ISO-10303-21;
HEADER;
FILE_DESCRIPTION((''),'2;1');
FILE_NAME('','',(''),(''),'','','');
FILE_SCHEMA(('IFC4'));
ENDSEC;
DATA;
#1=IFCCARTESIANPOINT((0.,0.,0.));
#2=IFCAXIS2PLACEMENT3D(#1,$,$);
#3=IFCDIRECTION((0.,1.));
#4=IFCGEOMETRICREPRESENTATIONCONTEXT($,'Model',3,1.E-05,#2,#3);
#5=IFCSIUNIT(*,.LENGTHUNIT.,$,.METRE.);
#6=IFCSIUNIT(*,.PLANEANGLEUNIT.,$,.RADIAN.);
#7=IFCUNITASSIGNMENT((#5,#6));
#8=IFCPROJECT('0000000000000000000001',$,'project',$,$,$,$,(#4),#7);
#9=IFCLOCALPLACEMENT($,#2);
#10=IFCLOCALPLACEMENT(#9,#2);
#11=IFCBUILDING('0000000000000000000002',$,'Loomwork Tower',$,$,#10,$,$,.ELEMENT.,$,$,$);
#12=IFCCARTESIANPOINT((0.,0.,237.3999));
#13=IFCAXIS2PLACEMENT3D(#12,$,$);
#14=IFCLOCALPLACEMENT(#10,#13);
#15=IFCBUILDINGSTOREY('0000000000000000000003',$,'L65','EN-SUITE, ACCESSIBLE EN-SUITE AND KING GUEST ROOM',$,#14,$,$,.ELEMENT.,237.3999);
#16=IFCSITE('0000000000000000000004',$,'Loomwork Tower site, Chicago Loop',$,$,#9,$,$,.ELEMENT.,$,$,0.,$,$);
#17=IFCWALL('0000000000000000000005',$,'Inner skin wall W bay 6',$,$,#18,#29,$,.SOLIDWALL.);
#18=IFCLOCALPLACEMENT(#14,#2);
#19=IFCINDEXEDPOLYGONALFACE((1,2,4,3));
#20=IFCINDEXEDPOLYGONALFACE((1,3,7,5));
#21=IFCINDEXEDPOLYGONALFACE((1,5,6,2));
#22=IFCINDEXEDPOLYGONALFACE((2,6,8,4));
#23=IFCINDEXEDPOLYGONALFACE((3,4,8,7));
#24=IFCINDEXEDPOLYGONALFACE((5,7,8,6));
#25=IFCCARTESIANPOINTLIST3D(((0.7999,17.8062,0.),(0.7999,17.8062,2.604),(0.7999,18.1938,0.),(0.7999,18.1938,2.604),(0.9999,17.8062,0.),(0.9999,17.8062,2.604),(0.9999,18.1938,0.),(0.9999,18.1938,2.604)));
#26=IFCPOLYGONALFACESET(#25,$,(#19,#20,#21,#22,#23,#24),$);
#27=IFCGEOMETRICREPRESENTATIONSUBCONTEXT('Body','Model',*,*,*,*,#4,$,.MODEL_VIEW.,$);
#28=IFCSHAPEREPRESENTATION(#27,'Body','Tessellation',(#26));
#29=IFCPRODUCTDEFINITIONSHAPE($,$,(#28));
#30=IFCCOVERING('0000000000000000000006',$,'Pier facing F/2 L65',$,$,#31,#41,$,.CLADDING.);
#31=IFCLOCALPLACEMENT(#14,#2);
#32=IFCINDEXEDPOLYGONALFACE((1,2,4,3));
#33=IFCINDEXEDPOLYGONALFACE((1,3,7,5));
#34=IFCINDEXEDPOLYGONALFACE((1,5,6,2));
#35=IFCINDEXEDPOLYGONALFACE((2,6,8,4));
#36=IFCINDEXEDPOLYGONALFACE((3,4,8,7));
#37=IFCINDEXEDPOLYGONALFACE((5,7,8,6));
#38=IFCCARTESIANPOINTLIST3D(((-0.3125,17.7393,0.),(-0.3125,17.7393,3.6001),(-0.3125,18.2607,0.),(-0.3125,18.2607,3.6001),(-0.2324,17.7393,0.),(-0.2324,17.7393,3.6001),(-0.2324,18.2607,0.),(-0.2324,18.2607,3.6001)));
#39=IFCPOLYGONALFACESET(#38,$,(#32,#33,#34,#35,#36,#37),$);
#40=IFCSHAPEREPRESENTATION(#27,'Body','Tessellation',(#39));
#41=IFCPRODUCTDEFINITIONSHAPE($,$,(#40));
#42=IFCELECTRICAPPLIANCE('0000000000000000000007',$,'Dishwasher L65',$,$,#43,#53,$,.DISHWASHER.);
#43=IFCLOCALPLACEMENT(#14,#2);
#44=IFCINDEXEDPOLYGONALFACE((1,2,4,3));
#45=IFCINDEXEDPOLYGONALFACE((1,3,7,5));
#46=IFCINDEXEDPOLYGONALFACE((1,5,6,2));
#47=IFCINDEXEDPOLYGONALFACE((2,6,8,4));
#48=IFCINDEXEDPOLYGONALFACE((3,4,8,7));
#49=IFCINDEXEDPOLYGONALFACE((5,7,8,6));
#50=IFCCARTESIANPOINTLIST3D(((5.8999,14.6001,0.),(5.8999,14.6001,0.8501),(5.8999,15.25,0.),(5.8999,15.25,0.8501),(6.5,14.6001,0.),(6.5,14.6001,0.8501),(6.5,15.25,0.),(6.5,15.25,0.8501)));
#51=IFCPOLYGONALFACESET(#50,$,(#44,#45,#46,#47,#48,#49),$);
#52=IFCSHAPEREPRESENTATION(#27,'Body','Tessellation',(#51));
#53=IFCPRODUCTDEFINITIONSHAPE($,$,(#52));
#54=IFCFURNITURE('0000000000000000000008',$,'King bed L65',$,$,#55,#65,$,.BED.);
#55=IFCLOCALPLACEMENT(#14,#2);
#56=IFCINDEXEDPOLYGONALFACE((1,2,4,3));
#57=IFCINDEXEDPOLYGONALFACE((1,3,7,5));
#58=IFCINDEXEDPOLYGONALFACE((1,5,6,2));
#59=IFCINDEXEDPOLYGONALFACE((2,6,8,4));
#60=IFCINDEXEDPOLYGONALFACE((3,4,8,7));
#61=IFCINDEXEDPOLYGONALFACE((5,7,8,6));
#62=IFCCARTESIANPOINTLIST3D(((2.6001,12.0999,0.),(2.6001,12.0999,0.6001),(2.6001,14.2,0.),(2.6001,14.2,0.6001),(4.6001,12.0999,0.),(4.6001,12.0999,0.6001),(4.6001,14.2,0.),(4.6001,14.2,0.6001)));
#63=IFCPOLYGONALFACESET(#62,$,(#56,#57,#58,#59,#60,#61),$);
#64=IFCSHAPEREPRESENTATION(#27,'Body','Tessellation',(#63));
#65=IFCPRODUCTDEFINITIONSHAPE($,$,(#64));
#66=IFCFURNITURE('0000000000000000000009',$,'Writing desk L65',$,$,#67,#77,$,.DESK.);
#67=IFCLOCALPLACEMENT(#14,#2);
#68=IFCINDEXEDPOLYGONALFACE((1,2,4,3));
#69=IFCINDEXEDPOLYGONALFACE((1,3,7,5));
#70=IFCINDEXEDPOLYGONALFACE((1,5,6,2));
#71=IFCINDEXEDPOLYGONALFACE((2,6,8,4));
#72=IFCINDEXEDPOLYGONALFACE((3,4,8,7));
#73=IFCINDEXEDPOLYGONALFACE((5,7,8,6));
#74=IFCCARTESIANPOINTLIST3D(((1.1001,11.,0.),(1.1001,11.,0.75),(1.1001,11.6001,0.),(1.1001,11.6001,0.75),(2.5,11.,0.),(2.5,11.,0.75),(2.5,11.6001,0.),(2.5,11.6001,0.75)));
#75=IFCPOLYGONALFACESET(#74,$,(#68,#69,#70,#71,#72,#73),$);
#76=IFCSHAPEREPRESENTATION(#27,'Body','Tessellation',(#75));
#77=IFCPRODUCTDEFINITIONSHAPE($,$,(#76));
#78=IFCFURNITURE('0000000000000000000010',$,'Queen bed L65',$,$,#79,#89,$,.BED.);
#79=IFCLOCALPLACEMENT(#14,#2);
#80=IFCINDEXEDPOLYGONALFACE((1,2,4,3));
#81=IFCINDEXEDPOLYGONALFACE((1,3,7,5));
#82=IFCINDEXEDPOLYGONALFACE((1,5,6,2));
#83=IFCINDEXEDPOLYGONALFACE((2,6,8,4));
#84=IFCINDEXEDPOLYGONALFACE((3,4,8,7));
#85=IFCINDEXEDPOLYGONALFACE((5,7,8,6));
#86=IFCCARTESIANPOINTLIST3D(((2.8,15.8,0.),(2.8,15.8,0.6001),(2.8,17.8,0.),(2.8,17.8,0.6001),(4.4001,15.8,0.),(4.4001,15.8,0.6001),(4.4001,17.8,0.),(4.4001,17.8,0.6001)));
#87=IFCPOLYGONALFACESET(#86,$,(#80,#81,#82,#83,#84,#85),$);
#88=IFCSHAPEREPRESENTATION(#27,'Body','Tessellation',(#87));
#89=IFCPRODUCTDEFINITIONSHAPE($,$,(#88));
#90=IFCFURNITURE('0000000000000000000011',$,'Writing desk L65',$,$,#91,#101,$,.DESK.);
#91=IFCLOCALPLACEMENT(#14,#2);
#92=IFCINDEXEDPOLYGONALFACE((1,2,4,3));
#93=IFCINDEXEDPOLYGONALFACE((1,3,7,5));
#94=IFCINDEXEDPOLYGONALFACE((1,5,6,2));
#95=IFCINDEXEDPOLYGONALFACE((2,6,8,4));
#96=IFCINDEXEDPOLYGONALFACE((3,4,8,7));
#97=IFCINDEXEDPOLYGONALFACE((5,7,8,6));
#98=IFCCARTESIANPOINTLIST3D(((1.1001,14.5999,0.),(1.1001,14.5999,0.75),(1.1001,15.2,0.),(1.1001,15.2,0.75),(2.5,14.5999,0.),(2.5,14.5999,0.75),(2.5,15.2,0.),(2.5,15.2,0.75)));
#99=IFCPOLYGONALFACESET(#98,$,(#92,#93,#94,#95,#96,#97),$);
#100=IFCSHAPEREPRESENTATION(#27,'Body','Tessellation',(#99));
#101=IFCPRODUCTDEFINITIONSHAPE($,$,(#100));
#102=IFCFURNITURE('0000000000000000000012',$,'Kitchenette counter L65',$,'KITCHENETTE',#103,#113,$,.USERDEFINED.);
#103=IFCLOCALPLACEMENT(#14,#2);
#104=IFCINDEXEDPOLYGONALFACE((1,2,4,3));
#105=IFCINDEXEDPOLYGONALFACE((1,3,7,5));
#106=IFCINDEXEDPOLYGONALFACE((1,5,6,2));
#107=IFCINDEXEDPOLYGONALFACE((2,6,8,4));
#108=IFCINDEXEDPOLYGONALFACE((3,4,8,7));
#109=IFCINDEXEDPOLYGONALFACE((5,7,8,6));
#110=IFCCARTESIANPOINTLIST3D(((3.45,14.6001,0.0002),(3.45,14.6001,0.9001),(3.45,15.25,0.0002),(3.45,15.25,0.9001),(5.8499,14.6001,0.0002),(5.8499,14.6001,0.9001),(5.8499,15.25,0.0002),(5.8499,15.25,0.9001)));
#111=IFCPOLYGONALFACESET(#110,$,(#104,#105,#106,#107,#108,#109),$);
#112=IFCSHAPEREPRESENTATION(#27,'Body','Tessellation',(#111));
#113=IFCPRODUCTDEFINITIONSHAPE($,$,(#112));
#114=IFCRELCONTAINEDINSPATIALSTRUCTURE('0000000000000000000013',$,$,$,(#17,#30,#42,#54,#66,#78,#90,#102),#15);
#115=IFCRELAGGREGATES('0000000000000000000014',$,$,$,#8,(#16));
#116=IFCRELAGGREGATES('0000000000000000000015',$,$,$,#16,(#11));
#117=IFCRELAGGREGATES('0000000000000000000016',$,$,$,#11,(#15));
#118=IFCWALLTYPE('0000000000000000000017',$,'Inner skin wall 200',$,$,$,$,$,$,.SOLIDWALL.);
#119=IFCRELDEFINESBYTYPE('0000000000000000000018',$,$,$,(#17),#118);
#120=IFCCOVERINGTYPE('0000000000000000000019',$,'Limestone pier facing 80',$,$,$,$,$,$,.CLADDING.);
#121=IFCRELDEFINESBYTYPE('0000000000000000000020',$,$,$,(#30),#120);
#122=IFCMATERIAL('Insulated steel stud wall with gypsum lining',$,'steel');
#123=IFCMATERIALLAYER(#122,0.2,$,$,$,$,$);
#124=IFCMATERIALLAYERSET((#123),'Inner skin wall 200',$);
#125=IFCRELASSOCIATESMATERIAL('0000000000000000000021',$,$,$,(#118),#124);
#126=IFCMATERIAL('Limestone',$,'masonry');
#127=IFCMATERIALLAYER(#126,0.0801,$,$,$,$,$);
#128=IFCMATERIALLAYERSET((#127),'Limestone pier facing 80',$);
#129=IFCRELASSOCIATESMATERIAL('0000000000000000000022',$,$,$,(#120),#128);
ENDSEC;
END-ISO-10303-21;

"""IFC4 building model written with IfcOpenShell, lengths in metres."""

from ifc_helpers import new_model, si_unit, direction, frame, frame_2d, origin, origin_2d, place, context, subcontext, project, spatial, rectangle, extrude, material, layer, layer_set, type_object, element, save


model = new_model("IFC4")

# Units and contexts
model_context = context("Model", 3, precision=1e-05, world=origin(), true_north=direction((0.0, 1.0)))
body_context = subcontext(model_context, "Body", "Model", "MODEL_VIEW")
ifc_project = project(units=[si_unit("LENGTHUNIT", "METRE"), si_unit("PLANEANGLEUNIT", "RADIAN")], contexts=[model_context])

# Site, building, storey
site_placement = place(None, origin())
site = spatial("IfcSite", under=ifc_project, at=site_placement, Name="Loomwork Tower site, Chicago Loop", CompositionType="ELEMENT", RefElevation=0.0)
building_placement = place(site_placement, origin())
building = spatial("IfcBuilding", under=site, at=building_placement, Name="Loomwork Tower", CompositionType="ELEMENT")
storey_placement = place(building_placement, frame((0.0, 0.0, 237.3999)))
storey = spatial("IfcBuildingStorey", under=building, at=storey_placement, Name="L65", Description="EN-SUITE, ACCESSIBLE EN-SUITE AND KING GUEST ROOM", CompositionType="ELEMENT", Elevation=237.3999)

# Wall
ifc_material_1 = material(Name="Insulated steel stud wall with gypsum lining", Category="steel")
ifc_layer_1 = layer(ifc_material_1, 0.2)
ifc_layer_set_1 = layer_set([ifc_layer_1], Name="Inner skin wall 200")
wall_type_1 = type_object("IfcWallType", Name="Inner skin wall 200", PredefinedType="SOLIDWALL", material=ifc_layer_set_1)
wall_1_placement = place(storey_placement, frame((0.8999, 17.8062, 0.0), z_axis=(0.0, 0.0, 1.0), x_axis=(0.0, 1.0, 0.0)))
element("IfcWall", 1, at=wall_1_placement, inside=storey, type_object=wall_type_1, Name="Inner skin wall W bay 6", PredefinedType="SOLIDWALL", context=body_context, shape_type="SweptSolid", body=[
    extrude(rectangle(XDim=0.3877, YDim=0.2, at=frame_2d((0.1938, 0.0))), origin(), (0.0, 0.0, 1.0), 2.604),
])

# Covering
ifc_material_2 = material(Name="Limestone", Category="masonry")
ifc_layer_2 = layer(ifc_material_2, 0.0801)
ifc_layer_set_2 = layer_set([ifc_layer_2], Name="Limestone pier facing 80")
covering_type = type_object("IfcCoveringType", Name="Limestone pier facing 80", PredefinedType="CLADDING", material=ifc_layer_set_2)
covering_placement = place(storey_placement, frame((-0.2725, 18.0, 0.0), z_axis=(0.0, 0.0, 1.0), x_axis=(1.0, 0.0, 0.0)))
element("IfcCovering", 2, at=covering_placement, inside=storey, type_object=covering_type, Name="Pier facing F/2 L65", PredefinedType="CLADDING", context=body_context, shape_type="SweptSolid", body=[
    extrude(rectangle(XDim=0.0801, YDim=0.5215, at=origin_2d()), origin(), (0.0, 0.0, 1.0), 3.6001),
])

# Electric appliance
electric_appliance_placement = place(storey_placement, frame((6.2, 14.925, 0.0), z_axis=(0.0, 0.0, 1.0), x_axis=(1.0, 0.0, 0.0)))
element("IfcElectricAppliance", 3, at=electric_appliance_placement, inside=storey, Name="Dishwasher L65", PredefinedType="DISHWASHER", context=body_context, shape_type="SweptSolid", body=[
    extrude(rectangle(XDim=0.6001, YDim=0.6499, at=origin_2d()), origin(), (0.0, 0.0, 1.0), 0.8501),
])

# Furniture
furniture_1_placement = place(storey_placement, frame((3.6001, 13.1499, 0.0), z_axis=(0.0, 0.0, 1.0), x_axis=(1.0, 0.0, 0.0)))
element("IfcFurniture", 4, at=furniture_1_placement, inside=storey, Name="King bed L65", PredefinedType="BED", context=body_context, shape_type="SweptSolid", body=[
    extrude(rectangle(XDim=2.0, YDim=2.1001, at=origin_2d()), origin(), (0.0, 0.0, 1.0), 0.6001),
])
furniture_2_placement = place(storey_placement, frame((1.8, 11.3, 0.0), z_axis=(0.0, 0.0, 1.0), x_axis=(1.0, 0.0, 0.0)))
element("IfcFurniture", 5, at=furniture_2_placement, inside=storey, Name="Writing desk L65", PredefinedType="DESK", context=body_context, shape_type="SweptSolid", body=[
    extrude(rectangle(XDim=1.3999, YDim=0.6001, at=origin_2d()), origin(), (0.0, 0.0, 1.0), 0.75),
])
furniture_3_placement = place(storey_placement, frame((3.6001, 16.8, 0.0), z_axis=(0.0, 0.0, 1.0), x_axis=(1.0, 0.0, 0.0)))
element("IfcFurniture", 6, at=furniture_3_placement, inside=storey, Name="Queen bed L65", PredefinedType="BED", context=body_context, shape_type="SweptSolid", body=[
    extrude(rectangle(XDim=1.6001, YDim=2.0, at=origin_2d()), origin(), (0.0, 0.0, 1.0), 0.6001),
])
furniture_4_placement = place(storey_placement, frame((1.8, 14.8999, 0.0), z_axis=(0.0, 0.0, 1.0), x_axis=(1.0, 0.0, 0.0)))
element("IfcFurniture", 7, at=furniture_4_placement, inside=storey, Name="Writing desk L65", PredefinedType="DESK", context=body_context, shape_type="SweptSolid", body=[
    extrude(rectangle(XDim=1.3999, YDim=0.6001, at=origin_2d()), origin(), (0.0, 0.0, 1.0), 0.75),
])
furniture_5_placement = place(storey_placement, frame((4.6499, 14.925, 0.0002), z_axis=(0.0, 0.0, 1.0), x_axis=(1.0, 0.0, 0.0)))
element("IfcFurniture", 8, at=furniture_5_placement, inside=storey, Name="Kitchenette counter L65", ObjectType="KITCHENETTE", PredefinedType="USERDEFINED", context=body_context, shape_type="SweptSolid", body=[
    extrude(rectangle(XDim=2.3999, YDim=0.6499, at=origin_2d()), origin(), (0.0, 0.0, 1.0), 0.8999),
])

save(model, "model.ifc")
